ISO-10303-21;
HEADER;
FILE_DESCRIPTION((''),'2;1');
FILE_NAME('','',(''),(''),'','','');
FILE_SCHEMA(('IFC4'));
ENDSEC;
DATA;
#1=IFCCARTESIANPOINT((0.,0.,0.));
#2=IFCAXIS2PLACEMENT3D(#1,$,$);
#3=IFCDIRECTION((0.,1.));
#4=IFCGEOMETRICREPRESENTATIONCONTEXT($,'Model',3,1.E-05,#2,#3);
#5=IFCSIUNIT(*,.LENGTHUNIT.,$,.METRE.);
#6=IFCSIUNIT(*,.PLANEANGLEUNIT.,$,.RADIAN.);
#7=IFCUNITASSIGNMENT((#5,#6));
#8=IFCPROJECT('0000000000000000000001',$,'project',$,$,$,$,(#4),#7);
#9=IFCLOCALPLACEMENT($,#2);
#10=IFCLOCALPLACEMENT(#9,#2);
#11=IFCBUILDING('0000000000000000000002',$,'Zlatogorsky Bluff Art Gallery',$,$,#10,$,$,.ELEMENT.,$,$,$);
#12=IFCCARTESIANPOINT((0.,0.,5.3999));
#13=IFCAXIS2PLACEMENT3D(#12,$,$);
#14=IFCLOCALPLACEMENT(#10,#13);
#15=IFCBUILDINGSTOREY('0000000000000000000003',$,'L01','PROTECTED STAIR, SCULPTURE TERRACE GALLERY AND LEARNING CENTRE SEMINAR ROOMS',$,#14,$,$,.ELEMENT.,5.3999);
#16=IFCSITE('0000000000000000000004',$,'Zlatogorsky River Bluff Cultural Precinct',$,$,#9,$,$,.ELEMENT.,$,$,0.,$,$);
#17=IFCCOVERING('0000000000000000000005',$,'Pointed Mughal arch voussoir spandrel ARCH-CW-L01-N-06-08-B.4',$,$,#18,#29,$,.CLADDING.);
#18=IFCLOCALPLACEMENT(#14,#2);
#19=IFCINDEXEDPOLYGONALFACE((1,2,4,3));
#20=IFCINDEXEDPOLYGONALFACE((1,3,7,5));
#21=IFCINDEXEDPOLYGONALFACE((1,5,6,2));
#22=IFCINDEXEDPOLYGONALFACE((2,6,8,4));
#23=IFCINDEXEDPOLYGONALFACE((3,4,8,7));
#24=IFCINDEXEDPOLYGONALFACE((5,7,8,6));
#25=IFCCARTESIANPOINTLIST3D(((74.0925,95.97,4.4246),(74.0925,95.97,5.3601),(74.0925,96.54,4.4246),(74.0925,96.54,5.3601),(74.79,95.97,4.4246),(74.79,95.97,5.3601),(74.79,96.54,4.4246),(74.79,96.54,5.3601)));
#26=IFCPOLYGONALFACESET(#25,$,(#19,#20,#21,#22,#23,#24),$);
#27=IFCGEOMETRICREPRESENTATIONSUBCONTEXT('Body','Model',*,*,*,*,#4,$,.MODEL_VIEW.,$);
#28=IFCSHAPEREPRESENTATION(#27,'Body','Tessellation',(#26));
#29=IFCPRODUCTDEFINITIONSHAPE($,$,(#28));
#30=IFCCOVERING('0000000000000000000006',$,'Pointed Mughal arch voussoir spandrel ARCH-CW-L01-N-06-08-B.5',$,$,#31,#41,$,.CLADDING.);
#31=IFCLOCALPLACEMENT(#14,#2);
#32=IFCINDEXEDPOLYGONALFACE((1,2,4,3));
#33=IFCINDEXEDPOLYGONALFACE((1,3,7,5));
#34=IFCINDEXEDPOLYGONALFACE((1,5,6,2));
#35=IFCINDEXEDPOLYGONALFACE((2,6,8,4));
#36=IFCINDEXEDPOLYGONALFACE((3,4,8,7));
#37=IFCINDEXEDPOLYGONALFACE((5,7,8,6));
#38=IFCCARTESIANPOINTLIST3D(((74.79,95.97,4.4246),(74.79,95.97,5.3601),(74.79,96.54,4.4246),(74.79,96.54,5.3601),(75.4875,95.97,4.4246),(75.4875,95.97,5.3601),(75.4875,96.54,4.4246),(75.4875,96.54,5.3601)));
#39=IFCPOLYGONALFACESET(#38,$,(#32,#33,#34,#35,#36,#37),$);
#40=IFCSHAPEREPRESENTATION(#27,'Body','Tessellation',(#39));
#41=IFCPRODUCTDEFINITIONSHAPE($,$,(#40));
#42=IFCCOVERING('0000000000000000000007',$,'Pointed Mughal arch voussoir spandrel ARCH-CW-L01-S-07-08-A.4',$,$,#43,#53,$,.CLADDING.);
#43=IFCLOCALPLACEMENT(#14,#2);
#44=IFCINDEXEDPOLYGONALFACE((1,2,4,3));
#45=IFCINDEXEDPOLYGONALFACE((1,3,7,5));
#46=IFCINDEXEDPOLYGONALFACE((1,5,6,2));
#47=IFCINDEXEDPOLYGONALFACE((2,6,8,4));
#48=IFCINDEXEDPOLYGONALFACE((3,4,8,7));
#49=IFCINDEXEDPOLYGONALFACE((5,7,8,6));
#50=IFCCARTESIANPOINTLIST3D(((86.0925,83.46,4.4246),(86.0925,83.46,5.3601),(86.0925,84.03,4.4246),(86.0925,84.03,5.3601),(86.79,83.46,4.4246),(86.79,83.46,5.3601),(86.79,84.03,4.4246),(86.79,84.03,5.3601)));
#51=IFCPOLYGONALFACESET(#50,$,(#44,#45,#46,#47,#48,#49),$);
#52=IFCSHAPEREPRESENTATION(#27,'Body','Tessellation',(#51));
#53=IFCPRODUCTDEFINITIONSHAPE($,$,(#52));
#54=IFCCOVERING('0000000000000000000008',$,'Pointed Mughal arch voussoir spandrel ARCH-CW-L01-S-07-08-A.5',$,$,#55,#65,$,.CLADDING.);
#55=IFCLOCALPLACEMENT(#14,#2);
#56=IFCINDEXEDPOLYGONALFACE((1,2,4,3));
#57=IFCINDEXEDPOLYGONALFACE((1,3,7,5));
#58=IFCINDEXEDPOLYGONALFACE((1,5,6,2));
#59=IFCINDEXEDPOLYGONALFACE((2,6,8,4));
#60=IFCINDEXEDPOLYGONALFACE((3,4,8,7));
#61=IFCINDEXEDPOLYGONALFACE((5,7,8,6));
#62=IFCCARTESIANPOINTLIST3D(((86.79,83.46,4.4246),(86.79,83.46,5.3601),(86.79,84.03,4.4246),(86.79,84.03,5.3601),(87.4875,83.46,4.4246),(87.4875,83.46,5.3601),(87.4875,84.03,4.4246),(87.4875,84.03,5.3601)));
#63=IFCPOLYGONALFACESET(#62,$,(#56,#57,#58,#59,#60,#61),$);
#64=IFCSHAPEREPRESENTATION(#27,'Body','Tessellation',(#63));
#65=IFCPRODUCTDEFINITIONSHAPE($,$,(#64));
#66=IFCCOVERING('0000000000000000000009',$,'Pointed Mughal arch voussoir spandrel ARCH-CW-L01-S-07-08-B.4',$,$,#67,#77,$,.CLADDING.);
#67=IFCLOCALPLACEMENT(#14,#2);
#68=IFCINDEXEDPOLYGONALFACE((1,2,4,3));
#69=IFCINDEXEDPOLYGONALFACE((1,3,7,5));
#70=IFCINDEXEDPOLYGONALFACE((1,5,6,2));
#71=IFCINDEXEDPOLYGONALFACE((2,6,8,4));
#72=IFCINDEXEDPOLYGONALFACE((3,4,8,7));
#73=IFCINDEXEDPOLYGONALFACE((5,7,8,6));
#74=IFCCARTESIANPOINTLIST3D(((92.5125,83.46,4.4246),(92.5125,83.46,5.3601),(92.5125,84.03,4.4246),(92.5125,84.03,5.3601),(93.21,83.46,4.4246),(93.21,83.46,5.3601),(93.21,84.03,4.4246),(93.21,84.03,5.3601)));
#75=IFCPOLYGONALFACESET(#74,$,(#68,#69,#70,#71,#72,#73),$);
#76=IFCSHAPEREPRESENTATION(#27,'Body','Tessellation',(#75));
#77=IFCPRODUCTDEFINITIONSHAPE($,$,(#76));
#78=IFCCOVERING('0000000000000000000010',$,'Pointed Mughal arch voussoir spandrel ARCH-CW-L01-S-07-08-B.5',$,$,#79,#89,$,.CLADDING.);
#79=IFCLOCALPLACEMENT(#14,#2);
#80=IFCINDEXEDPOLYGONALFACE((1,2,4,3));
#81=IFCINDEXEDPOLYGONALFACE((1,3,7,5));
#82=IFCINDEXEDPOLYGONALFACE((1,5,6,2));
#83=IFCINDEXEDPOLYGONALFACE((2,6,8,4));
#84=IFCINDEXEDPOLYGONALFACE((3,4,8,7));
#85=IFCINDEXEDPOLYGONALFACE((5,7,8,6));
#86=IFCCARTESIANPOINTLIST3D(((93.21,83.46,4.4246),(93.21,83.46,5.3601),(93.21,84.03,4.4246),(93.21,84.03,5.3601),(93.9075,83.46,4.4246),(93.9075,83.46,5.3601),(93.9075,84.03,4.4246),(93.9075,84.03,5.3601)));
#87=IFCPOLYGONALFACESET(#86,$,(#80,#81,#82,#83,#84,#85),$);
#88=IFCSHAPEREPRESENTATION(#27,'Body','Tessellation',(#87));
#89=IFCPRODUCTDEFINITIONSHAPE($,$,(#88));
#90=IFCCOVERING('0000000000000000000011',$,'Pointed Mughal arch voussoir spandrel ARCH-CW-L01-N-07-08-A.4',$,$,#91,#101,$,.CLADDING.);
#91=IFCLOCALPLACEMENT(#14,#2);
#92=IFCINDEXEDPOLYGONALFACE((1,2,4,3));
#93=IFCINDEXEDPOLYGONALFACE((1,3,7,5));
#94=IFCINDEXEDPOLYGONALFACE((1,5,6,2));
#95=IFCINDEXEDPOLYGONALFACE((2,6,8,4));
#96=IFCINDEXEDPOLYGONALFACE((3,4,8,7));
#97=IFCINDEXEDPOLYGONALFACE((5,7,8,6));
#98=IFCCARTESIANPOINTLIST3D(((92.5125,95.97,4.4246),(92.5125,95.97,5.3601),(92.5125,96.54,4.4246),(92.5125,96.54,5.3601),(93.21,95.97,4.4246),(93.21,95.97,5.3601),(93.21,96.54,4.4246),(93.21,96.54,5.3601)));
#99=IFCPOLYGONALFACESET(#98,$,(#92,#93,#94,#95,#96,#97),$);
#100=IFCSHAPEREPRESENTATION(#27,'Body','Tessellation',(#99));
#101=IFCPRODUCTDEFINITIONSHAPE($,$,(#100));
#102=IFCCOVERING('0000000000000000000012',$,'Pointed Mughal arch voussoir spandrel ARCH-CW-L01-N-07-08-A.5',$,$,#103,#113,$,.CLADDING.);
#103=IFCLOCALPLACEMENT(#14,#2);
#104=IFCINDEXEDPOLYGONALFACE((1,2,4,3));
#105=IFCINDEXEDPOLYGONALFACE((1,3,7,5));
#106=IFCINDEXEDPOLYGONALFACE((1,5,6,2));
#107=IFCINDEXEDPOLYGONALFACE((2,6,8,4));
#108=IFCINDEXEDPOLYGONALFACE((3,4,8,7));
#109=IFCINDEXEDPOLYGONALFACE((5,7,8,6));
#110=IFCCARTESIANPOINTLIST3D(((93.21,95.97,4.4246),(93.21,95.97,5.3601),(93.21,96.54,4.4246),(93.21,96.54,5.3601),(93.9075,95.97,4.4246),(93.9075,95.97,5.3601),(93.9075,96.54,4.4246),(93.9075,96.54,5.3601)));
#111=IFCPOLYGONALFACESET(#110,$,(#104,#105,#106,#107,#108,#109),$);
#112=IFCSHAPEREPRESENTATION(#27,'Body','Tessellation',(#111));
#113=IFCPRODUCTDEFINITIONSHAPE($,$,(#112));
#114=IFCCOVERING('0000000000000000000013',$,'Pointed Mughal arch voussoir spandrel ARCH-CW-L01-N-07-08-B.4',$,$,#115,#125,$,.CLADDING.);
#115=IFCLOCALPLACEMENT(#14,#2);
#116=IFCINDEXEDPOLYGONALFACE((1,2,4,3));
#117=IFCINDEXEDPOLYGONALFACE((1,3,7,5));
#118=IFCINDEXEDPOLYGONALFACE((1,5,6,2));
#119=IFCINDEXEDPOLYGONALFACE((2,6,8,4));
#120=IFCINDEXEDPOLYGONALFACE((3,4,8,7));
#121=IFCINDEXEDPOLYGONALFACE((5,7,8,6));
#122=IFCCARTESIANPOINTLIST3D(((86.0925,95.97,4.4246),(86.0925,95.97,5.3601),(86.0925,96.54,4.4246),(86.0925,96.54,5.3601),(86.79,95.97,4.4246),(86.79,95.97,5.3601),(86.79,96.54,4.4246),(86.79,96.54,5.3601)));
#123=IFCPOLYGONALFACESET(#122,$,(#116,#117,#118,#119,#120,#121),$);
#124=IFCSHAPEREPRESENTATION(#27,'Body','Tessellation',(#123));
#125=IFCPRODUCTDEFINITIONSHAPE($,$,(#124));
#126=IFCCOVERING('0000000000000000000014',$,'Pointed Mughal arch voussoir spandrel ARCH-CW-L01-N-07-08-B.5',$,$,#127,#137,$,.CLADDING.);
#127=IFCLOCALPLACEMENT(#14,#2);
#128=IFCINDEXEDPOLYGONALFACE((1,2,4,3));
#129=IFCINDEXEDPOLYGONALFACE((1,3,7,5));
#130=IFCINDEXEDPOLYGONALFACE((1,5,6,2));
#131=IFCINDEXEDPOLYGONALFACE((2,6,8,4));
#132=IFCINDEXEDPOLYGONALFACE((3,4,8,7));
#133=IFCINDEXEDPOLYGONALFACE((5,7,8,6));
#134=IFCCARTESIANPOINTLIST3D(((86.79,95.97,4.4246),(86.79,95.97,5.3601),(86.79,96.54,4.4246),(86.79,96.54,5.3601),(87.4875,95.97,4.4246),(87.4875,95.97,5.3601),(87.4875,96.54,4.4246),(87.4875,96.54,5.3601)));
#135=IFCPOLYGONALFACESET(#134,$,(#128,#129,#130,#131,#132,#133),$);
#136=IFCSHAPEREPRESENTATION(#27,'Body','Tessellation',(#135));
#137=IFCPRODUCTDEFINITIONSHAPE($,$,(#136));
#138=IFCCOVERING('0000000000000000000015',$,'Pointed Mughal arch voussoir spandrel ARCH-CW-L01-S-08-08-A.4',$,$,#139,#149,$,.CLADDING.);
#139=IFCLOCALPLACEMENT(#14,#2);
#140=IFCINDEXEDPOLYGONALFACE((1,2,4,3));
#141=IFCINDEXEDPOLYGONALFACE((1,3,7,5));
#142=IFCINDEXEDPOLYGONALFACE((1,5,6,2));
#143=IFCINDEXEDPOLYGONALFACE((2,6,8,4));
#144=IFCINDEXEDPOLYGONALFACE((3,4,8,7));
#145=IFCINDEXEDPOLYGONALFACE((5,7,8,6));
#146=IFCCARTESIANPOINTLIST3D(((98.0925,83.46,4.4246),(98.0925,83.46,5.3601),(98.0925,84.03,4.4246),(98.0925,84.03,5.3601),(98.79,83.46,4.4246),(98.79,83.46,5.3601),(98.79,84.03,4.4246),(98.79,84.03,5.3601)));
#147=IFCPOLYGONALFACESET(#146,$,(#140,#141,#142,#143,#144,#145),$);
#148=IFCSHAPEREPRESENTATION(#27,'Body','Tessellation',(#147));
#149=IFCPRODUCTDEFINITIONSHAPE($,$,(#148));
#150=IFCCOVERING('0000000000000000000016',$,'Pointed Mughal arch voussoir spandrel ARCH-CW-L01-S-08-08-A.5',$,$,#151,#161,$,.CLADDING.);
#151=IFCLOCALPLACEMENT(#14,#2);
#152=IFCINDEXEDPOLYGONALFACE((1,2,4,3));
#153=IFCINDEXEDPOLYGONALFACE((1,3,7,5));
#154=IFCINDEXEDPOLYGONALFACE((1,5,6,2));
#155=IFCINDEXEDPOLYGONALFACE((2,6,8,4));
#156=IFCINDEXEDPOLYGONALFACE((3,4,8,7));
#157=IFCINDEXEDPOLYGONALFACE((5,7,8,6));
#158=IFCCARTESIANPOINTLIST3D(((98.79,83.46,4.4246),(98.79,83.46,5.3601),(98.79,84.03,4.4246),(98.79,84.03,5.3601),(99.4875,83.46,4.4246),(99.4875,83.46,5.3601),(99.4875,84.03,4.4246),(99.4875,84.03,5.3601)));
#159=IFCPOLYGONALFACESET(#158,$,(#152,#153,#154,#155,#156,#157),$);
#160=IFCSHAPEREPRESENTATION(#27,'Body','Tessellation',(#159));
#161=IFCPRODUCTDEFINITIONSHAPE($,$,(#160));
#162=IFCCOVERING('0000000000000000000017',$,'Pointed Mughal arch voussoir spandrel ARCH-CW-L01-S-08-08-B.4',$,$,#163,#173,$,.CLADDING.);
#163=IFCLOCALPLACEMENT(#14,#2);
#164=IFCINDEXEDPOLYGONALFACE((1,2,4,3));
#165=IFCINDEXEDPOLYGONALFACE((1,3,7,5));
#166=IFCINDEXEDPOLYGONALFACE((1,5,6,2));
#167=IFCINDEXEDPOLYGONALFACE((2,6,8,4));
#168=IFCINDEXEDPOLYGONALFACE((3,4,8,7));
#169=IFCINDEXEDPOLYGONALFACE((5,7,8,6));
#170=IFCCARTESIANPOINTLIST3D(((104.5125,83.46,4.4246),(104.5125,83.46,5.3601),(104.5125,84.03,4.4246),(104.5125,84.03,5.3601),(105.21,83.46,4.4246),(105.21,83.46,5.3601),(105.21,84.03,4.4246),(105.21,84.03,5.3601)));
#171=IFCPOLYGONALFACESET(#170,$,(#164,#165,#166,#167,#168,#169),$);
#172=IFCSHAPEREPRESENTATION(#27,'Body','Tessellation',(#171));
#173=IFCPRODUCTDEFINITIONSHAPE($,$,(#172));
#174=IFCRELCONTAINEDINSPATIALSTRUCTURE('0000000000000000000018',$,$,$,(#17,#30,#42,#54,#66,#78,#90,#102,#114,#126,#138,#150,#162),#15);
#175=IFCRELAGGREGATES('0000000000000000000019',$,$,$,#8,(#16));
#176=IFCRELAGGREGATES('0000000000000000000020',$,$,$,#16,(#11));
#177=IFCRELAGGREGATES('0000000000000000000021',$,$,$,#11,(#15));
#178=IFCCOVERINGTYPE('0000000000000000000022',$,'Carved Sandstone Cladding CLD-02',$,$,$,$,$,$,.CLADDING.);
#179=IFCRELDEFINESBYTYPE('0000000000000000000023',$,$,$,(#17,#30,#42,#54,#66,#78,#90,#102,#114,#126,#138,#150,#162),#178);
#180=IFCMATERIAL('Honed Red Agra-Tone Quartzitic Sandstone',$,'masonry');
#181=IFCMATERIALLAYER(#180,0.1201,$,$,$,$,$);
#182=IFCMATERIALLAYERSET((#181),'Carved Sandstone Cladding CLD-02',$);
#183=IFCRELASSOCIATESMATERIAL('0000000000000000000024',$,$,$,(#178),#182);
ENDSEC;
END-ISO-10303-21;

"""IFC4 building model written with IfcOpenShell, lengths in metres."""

from ifc_helpers import new_model, si_unit, direction, frame, origin, place, context, subcontext, project, spatial, polyline, outline, extrude, material, layer, layer_set, type_object, element, save


model = new_model("IFC4")

# Units and contexts
model_context = context("Model", 3, precision=1e-05, world=origin(), true_north=direction((0.0, 1.0)))
body_context = subcontext(model_context, "Body", "Model", "MODEL_VIEW")
ifc_project = project(units=[si_unit("LENGTHUNIT", "METRE"), si_unit("PLANEANGLEUNIT", "RADIAN")], contexts=[model_context])

# Site, building, storey
site_placement = place(None, origin())
site = spatial("IfcSite", under=ifc_project, at=site_placement, Name="Zlatogorsky River Bluff Cultural Precinct", CompositionType="ELEMENT", RefElevation=0.0)
building_placement = place(site_placement, origin())
building = spatial("IfcBuilding", under=site, at=building_placement, Name="Zlatogorsky Bluff Art Gallery", CompositionType="ELEMENT")
storey_placement = place(building_placement, frame((0.0, 0.0, 5.3999)))
storey = spatial("IfcBuildingStorey", under=building, at=storey_placement, Name="L01", Description="PROTECTED STAIR, SCULPTURE TERRACE GALLERY AND LEARNING CENTRE SEMINAR ROOMS", CompositionType="ELEMENT", Elevation=5.3999)

# Coverings
ifc_material = material(Name="Honed Red Agra-Tone Quartzitic Sandstone", Category="masonry")
ifc_layer = layer(ifc_material, 0.1201)
ifc_layer_set = layer_set([ifc_layer], Name="Carved Sandstone Cladding CLD-02")
covering_type = type_object("IfcCoveringType", Name="Carved Sandstone Cladding CLD-02", PredefinedType="CLADDING", material=ifc_layer_set)
covering_1_placement = place(storey_placement, frame((0.0, 0.0, 4.4246)))
element("IfcCovering", 1, at=covering_1_placement, inside=storey, type_object=covering_type, Name="Pointed Mughal arch voussoir spandrel ARCH-CW-L01-N-06-08-B.4", PredefinedType="CLADDING", context=body_context, shape_type="SweptSolid", body=[
    extrude(outline(polyline([(74.0925, 95.97), (74.79, 95.97), (74.79, 96.54), (74.0925, 96.54), (74.0925, 95.97)])), origin(), (0.0, 0.0, 1.0), 0.9355),
])
covering_2_placement = place(storey_placement, frame((0.0, 0.0, 4.4246)))
element("IfcCovering", 2, at=covering_2_placement, inside=storey, type_object=covering_type, Name="Pointed Mughal arch voussoir spandrel ARCH-CW-L01-N-06-08-B.5", PredefinedType="CLADDING", context=body_context, shape_type="SweptSolid", body=[
    extrude(outline(polyline([(74.79, 95.97), (75.4875, 95.97), (75.4875, 96.54), (74.79, 96.54), (74.79, 95.97)])), origin(), (0.0, 0.0, 1.0), 0.9355),
])
covering_3_placement = place(storey_placement, frame((0.0, 0.0, 4.4246)))
element("IfcCovering", 3, at=covering_3_placement, inside=storey, type_object=covering_type, Name="Pointed Mughal arch voussoir spandrel ARCH-CW-L01-S-07-08-A.4", PredefinedType="CLADDING", context=body_context, shape_type="SweptSolid", body=[
    extrude(outline(polyline([(86.0925, 83.46), (86.79, 83.46), (86.79, 84.03), (86.0925, 84.03), (86.0925, 83.46)])), origin(), (0.0, 0.0, 1.0), 0.9355),
])
covering_4_placement = place(storey_placement, frame((0.0, 0.0, 4.4246)))
element("IfcCovering", 4, at=covering_4_placement, inside=storey, type_object=covering_type, Name="Pointed Mughal arch voussoir spandrel ARCH-CW-L01-S-07-08-A.5", PredefinedType="CLADDING", context=body_context, shape_type="SweptSolid", body=[
    extrude(outline(polyline([(86.79, 83.46), (87.4875, 83.46), (87.4875, 84.03), (86.79, 84.03), (86.79, 83.46)])), origin(), (0.0, 0.0, 1.0), 0.9355),
])
covering_5_placement = place(storey_placement, frame((0.0, 0.0, 4.4246)))
element("IfcCovering", 5, at=covering_5_placement, inside=storey, type_object=covering_type, Name="Pointed Mughal arch voussoir spandrel ARCH-CW-L01-S-07-08-B.4", PredefinedType="CLADDING", context=body_context, shape_type="SweptSolid", body=[
    extrude(outline(polyline([(92.5125, 83.46), (93.21, 83.46), (93.21, 84.03), (92.5125, 84.03), (92.5125, 83.46)])), origin(), (0.0, 0.0, 1.0), 0.9355),
])
covering_6_placement = place(storey_placement, frame((0.0, 0.0, 4.4246)))
element("IfcCovering", 6, at=covering_6_placement, inside=storey, type_object=covering_type, Name="Pointed Mughal arch voussoir spandrel ARCH-CW-L01-S-07-08-B.5", PredefinedType="CLADDING", context=body_context, shape_type="SweptSolid", body=[
    extrude(outline(polyline([(93.21, 83.46), (93.9075, 83.46), (93.9075, 84.03), (93.21, 84.03), (93.21, 83.46)])), origin(), (0.0, 0.0, 1.0), 0.9355),
])
covering_7_placement = place(storey_placement, frame((0.0, 0.0, 4.4246)))
element("IfcCovering", 7, at=covering_7_placement, inside=storey, type_object=covering_type, Name="Pointed Mughal arch voussoir spandrel ARCH-CW-L01-N-07-08-A.4", PredefinedType="CLADDING", context=body_context, shape_type="SweptSolid", body=[
    extrude(outline(polyline([(92.5125, 95.97), (93.21, 95.97), (93.21, 96.54), (92.5125, 96.54), (92.5125, 95.97)])), origin(), (0.0, 0.0, 1.0), 0.9355),
])
covering_8_placement = place(storey_placement, frame((0.0, 0.0, 4.4246)))
element("IfcCovering", 8, at=covering_8_placement, inside=storey, type_object=covering_type, Name="Pointed Mughal arch voussoir spandrel ARCH-CW-L01-N-07-08-A.5", PredefinedType="CLADDING", context=body_context, shape_type="SweptSolid", body=[
    extrude(outline(polyline([(93.21, 95.97), (93.9075, 95.97), (93.9075, 96.54), (93.21, 96.54), (93.21, 95.97)])), origin(), (0.0, 0.0, 1.0), 0.9355),
])
covering_9_placement = place(storey_placement, frame((0.0, 0.0, 4.4246)))
element("IfcCovering", 9, at=covering_9_placement, inside=storey, type_object=covering_type, Name="Pointed Mughal arch voussoir spandrel ARCH-CW-L01-N-07-08-B.4", PredefinedType="CLADDING", context=body_context, shape_type="SweptSolid", body=[
    extrude(outline(polyline([(86.0925, 95.97), (86.79, 95.97), (86.79, 96.54), (86.0925, 96.54), (86.0925, 95.97)])), origin(), (0.0, 0.0, 1.0), 0.9355),
])
covering_10_placement = place(storey_placement, frame((0.0, 0.0, 4.4246)))
element("IfcCovering", 10, at=covering_10_placement, inside=storey, type_object=covering_type, Name="Pointed Mughal arch voussoir spandrel ARCH-CW-L01-N-07-08-B.5", PredefinedType="CLADDING", context=body_context, shape_type="SweptSolid", body=[
    extrude(outline(polyline([(86.79, 95.97), (87.4875, 95.97), (87.4875, 96.54), (86.79, 96.54), (86.79, 95.97)])), origin(), (0.0, 0.0, 1.0), 0.9355),
])
covering_11_placement = place(storey_placement, frame((0.0, 0.0, 4.4246)))
element("IfcCovering", 11, at=covering_11_placement, inside=storey, type_object=covering_type, Name="Pointed Mughal arch voussoir spandrel ARCH-CW-L01-S-08-08-A.4", PredefinedType="CLADDING", context=body_context, shape_type="SweptSolid", body=[
    extrude(outline(polyline([(98.0925, 83.46), (98.79, 83.46), (98.79, 84.03), (98.0925, 84.03), (98.0925, 83.46)])), origin(), (0.0, 0.0, 1.0), 0.9355),
])
covering_12_placement = place(storey_placement, frame((0.0, 0.0, 4.4246)))
element("IfcCovering", 12, at=covering_12_placement, inside=storey, type_object=covering_type, Name="Pointed Mughal arch voussoir spandrel ARCH-CW-L01-S-08-08-A.5", PredefinedType="CLADDING", context=body_context, shape_type="SweptSolid", body=[
    extrude(outline(polyline([(98.79, 83.46), (99.4875, 83.46), (99.4875, 84.03), (98.79, 84.03), (98.79, 83.46)])), origin(), (0.0, 0.0, 1.0), 0.9355),
])
covering_13_placement = place(storey_placement, frame((0.0, 0.0, 4.4246)))
element("IfcCovering", 13, at=covering_13_placement, inside=storey, type_object=covering_type, Name="Pointed Mughal arch voussoir spandrel ARCH-CW-L01-S-08-08-B.4", PredefinedType="CLADDING", context=body_context, shape_type="SweptSolid", body=[
    extrude(outline(polyline([(104.5125, 83.46), (105.21, 83.46), (105.21, 84.03), (104.5125, 84.03), (104.5125, 83.46)])), origin(), (0.0, 0.0, 1.0), 0.9355),
])

save(model, "model.ifc")
